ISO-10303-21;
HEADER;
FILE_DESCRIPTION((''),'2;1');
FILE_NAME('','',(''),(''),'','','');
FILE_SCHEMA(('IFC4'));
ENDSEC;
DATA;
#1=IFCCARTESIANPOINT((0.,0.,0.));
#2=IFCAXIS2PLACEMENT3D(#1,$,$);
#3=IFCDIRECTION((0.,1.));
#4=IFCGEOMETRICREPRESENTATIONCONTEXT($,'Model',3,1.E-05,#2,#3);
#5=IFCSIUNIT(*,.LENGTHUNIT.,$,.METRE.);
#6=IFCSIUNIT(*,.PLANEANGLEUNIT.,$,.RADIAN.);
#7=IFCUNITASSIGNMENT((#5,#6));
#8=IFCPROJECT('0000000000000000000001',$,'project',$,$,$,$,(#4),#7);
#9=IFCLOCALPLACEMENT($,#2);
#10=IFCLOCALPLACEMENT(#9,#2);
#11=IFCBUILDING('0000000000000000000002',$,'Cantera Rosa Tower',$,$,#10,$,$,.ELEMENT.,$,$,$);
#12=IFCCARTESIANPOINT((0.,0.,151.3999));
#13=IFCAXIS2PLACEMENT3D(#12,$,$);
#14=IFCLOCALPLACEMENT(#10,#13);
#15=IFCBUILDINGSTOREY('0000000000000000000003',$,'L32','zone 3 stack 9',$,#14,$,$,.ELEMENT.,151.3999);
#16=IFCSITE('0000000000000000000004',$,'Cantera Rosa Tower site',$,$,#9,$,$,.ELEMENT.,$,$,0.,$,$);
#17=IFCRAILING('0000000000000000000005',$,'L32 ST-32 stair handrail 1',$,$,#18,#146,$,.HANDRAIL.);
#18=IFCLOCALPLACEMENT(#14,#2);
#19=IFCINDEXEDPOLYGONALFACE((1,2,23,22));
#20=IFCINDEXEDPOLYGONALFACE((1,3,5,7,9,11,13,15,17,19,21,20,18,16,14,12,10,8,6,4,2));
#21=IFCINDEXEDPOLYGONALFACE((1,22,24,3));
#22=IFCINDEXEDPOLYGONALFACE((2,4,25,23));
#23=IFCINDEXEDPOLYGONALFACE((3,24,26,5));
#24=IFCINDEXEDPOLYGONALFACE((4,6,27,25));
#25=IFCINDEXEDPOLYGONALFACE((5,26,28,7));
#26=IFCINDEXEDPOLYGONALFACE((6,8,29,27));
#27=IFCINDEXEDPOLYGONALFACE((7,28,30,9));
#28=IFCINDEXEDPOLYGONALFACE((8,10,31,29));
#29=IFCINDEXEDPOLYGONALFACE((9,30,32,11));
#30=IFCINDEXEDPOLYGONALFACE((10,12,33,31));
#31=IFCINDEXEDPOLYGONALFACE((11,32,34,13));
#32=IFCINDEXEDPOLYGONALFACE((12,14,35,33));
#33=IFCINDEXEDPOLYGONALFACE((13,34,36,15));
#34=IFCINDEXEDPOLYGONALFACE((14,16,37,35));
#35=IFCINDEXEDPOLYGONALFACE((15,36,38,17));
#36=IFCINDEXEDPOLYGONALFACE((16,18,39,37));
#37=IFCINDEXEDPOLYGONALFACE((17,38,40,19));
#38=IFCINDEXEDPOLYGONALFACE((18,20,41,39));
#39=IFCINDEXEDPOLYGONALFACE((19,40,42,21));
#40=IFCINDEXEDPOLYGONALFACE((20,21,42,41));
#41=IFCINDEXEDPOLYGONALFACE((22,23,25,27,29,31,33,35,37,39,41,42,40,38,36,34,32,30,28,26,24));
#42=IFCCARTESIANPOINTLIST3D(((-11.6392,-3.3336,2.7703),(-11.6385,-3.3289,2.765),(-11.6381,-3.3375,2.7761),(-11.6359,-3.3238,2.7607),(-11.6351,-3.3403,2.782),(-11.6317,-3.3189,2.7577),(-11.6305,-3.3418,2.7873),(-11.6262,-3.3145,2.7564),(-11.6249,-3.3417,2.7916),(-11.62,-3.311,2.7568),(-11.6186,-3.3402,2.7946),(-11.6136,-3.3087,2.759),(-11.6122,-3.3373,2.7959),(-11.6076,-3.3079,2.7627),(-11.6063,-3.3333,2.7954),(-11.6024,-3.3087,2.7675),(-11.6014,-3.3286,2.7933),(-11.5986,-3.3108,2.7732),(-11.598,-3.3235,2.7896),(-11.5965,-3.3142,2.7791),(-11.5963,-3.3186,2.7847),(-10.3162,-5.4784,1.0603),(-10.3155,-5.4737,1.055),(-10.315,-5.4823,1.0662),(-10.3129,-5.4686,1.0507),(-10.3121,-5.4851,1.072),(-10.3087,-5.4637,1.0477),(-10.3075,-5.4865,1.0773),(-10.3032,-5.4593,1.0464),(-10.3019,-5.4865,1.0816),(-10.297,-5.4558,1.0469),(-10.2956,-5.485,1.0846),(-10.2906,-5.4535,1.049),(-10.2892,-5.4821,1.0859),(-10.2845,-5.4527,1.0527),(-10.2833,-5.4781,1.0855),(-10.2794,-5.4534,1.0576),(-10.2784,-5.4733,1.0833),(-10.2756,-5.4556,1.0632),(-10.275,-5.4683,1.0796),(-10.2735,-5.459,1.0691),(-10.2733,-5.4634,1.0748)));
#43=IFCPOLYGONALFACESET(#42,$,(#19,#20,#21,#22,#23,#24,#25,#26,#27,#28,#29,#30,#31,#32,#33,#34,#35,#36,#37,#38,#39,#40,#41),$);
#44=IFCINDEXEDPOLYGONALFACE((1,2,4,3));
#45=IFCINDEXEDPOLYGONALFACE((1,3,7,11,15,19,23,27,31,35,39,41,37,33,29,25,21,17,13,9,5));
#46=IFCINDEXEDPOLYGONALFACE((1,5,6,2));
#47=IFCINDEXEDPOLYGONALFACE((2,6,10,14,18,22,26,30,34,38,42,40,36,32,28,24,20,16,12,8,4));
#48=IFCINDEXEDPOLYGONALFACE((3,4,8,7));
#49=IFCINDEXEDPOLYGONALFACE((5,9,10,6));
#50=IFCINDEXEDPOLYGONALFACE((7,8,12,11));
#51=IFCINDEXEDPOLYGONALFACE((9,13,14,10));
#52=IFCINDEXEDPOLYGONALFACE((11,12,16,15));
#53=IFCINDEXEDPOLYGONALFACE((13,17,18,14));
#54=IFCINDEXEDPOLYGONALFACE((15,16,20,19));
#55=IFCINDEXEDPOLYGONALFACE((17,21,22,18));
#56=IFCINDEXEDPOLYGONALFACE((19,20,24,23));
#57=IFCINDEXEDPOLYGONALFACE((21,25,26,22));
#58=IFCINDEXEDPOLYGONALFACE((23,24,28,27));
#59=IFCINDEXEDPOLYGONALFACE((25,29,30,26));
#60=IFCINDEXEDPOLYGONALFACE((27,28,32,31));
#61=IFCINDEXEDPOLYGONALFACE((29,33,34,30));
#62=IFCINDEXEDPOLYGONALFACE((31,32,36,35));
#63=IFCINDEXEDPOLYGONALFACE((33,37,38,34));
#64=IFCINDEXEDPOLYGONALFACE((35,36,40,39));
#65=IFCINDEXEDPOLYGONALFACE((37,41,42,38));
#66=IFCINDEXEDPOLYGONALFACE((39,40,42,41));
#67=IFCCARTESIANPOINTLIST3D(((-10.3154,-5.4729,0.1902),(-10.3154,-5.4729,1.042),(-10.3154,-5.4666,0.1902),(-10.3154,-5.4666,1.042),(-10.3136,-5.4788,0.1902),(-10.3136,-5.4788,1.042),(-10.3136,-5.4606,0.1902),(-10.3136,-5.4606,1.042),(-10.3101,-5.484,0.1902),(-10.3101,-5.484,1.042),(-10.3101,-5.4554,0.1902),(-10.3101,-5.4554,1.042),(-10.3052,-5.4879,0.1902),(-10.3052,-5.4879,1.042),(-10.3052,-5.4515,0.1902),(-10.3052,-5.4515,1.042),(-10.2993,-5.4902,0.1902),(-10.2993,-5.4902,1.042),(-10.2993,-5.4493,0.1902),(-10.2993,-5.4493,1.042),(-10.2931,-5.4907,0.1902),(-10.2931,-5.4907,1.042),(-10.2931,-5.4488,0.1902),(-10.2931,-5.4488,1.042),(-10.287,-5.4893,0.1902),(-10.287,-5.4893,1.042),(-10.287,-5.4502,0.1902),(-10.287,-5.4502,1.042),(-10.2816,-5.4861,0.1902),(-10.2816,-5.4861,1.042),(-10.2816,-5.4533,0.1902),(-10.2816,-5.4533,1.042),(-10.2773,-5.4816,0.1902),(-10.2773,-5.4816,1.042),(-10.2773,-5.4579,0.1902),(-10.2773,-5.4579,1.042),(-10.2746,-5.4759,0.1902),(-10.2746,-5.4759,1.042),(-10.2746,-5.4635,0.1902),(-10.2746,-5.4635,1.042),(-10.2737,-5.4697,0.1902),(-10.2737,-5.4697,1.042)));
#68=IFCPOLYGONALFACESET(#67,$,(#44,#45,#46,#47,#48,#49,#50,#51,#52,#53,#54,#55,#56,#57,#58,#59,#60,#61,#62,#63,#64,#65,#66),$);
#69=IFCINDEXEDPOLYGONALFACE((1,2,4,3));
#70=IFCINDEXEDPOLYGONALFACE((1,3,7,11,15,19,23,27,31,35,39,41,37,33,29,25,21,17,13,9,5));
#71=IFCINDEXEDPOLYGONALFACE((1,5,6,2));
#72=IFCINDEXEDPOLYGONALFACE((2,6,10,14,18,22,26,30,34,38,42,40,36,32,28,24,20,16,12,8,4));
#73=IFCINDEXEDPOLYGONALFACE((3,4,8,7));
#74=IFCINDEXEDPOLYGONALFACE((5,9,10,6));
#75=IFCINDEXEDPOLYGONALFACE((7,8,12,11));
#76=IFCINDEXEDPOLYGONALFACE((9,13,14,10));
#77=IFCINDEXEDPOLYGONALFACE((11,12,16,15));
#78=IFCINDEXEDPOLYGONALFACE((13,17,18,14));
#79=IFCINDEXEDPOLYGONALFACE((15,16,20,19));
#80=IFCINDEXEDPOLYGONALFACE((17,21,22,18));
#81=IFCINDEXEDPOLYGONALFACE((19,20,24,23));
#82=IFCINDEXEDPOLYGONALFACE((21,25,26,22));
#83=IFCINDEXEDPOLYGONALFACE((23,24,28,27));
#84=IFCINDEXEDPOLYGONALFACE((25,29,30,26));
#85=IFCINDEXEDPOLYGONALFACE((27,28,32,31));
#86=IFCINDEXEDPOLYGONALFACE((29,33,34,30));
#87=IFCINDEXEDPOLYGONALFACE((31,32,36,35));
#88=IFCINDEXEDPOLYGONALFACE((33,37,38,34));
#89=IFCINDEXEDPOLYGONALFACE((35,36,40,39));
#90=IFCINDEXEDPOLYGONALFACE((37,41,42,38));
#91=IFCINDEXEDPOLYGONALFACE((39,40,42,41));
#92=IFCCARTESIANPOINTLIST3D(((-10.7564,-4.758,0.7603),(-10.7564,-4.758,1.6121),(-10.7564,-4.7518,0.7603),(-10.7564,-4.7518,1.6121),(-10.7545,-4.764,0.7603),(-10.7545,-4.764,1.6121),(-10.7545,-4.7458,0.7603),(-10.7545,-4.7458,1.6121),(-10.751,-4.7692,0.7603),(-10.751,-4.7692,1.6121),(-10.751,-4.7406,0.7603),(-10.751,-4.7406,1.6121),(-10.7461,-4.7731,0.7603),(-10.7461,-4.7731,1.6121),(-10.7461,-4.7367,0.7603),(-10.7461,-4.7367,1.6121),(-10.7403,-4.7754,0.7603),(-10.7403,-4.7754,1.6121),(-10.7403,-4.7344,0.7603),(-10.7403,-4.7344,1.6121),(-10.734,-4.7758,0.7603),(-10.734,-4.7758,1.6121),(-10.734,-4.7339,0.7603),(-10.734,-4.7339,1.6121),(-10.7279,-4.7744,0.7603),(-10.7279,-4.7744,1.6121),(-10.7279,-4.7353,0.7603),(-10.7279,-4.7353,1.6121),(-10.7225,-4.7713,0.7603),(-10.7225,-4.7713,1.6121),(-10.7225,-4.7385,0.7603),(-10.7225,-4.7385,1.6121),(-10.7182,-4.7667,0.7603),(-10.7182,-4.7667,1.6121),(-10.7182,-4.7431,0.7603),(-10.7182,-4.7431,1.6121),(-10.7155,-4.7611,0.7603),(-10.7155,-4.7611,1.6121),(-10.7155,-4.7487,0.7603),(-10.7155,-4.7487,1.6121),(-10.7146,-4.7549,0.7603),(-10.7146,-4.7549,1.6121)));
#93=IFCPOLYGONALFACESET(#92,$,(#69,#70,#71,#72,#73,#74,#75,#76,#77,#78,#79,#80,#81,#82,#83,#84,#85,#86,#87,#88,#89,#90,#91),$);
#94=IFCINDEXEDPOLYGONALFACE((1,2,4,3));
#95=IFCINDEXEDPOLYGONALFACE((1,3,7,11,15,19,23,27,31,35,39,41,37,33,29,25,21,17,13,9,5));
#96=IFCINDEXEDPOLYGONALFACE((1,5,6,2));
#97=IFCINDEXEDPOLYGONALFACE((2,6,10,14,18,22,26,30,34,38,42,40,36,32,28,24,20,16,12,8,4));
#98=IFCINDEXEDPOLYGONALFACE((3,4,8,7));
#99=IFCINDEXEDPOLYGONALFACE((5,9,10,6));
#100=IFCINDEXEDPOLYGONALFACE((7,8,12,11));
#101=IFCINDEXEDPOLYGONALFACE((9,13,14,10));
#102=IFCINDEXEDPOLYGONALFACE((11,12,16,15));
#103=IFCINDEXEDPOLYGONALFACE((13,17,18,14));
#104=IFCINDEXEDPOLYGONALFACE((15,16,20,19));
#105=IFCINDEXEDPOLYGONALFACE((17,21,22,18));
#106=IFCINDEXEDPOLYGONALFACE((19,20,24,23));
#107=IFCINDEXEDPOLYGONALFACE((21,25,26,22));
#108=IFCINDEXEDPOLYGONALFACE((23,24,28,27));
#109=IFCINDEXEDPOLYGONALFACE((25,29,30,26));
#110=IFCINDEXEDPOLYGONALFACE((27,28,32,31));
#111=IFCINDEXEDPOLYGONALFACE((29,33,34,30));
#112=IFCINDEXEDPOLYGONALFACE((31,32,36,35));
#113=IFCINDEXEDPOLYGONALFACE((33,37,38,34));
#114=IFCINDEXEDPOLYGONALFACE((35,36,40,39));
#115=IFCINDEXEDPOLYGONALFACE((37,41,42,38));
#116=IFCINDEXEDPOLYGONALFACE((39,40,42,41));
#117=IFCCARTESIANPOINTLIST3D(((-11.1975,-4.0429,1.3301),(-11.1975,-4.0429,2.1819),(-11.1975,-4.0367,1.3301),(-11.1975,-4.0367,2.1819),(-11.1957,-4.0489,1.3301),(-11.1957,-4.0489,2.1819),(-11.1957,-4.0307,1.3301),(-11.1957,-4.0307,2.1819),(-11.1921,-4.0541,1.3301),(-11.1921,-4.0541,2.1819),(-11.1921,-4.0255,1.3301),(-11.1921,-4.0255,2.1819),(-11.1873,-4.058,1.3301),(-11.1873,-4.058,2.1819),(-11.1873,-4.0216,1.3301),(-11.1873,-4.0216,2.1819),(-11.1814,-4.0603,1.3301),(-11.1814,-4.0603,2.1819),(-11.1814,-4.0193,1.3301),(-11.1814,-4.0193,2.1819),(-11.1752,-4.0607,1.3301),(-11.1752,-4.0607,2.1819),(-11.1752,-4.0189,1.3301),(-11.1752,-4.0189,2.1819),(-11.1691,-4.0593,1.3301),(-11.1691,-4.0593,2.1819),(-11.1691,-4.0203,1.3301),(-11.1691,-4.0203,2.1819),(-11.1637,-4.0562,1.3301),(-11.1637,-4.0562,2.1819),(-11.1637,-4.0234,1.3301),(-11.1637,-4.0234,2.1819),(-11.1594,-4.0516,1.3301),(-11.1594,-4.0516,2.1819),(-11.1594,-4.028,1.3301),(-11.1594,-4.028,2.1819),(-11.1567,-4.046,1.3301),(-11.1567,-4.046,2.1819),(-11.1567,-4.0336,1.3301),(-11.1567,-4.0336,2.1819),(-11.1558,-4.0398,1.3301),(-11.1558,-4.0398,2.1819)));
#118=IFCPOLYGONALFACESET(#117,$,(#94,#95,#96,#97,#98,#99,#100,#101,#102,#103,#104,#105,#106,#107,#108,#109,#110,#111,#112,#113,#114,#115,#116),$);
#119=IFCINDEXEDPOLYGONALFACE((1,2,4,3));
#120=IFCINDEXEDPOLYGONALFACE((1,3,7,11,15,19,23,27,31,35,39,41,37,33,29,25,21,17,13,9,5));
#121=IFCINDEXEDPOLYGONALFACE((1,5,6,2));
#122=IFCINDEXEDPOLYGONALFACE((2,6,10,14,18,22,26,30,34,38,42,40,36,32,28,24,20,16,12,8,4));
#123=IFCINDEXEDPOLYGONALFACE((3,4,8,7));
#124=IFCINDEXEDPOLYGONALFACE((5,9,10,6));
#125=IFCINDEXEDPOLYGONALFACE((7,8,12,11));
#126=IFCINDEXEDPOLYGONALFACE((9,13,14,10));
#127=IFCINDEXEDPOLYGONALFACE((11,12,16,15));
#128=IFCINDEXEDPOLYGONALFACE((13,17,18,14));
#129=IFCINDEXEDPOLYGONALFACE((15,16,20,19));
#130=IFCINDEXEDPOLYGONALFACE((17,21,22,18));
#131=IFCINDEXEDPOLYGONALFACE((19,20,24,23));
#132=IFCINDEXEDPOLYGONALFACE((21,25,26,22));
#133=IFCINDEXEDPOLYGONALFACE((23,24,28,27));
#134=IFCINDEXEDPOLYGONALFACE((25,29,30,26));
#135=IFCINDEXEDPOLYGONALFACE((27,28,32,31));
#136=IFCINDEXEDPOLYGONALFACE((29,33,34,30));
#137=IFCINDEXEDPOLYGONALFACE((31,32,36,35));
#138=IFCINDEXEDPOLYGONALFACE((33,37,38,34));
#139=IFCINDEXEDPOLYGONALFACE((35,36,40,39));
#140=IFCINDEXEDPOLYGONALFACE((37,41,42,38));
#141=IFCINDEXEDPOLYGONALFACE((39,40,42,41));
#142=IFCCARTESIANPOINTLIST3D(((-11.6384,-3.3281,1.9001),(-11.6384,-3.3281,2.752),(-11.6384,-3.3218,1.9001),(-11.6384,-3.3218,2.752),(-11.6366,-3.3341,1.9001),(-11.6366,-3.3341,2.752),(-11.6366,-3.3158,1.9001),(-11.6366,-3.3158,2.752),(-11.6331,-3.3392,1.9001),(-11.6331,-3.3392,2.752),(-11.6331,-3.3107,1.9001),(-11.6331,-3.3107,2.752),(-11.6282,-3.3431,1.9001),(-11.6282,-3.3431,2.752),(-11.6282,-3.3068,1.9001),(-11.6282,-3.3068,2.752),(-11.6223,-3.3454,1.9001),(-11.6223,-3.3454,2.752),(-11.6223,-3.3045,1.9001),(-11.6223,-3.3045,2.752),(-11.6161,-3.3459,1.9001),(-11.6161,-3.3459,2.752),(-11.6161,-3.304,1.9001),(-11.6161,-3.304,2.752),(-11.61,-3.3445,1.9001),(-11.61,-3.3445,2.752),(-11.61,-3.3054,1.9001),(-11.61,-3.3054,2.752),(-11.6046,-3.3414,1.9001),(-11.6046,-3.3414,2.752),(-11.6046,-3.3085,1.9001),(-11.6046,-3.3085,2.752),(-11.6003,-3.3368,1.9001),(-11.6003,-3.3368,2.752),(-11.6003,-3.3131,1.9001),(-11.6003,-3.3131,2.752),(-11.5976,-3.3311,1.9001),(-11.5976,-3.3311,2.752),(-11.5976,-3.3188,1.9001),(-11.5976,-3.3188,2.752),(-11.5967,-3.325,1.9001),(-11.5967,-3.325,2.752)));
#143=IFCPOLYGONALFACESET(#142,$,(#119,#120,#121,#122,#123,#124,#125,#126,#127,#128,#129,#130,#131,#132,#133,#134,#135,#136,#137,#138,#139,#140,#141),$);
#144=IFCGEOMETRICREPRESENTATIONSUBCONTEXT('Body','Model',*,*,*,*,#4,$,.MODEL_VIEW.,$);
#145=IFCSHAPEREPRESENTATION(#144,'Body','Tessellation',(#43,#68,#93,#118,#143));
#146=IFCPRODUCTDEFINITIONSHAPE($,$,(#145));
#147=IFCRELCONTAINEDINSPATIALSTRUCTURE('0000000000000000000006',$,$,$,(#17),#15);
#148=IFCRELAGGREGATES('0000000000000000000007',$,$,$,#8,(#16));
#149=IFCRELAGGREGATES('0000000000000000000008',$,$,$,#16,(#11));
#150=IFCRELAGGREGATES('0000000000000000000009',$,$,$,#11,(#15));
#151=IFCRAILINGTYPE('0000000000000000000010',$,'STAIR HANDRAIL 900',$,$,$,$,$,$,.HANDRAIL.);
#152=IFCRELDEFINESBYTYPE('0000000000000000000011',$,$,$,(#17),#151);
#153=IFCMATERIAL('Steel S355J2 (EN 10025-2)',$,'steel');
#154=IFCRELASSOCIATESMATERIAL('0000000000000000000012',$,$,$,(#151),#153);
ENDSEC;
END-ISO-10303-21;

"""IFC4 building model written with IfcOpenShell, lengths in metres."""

from ifc_helpers import new_model, si_unit, direction, frame, origin, origin_2d, place, context, subcontext, project, spatial, circle, extrude, material, type_object, element, save


model = new_model("IFC4")

# Units and contexts
model_context = context("Model", 3, precision=1e-05, world=origin(), true_north=direction((0.0, 1.0)))
body_context = subcontext(model_context, "Body", "Model", "MODEL_VIEW")
ifc_project = project(units=[si_unit("LENGTHUNIT", "METRE"), si_unit("PLANEANGLEUNIT", "RADIAN")], contexts=[model_context])

# Site, building, storey
site_placement = place(None, origin())
site = spatial("IfcSite", under=ifc_project, at=site_placement, Name="Cantera Rosa Tower site", CompositionType="ELEMENT", RefElevation=0.0)
building_placement = place(site_placement, origin())
building = spatial("IfcBuilding", under=site, at=building_placement, Name="Cantera Rosa Tower", CompositionType="ELEMENT")
storey_placement = place(building_placement, frame((0.0, 0.0, 151.3999)))
storey = spatial("IfcBuildingStorey", under=building, at=storey_placement, Name="L32", Description="zone 3 stack 9", CompositionType="ELEMENT", Elevation=151.3999)

# Railing
ifc_material_1 = material(Name="Steel S355J2 (EN 10025-2)", Category="steel")
railing_type_1 = type_object("IfcRailingType", Name="STAIR HANDRAIL 900", PredefinedType="HANDRAIL", material=ifc_material_1)
railing_1_placement = place(storey_placement, frame((-10.2947, -5.4697, 0.1902)))
element("IfcRailing", 1, at=railing_1_placement, inside=storey, type_object=railing_type_1, Name="L32 ST-32 stair handrail 1", PredefinedType="HANDRAIL", context=body_context, shape_type="SweptSolid", body=[
    extrude(circle(Radius=0.0239, at=origin_2d()), frame((0.0, 0.0, 0.876), z_axis=(-0.434428, 0.704271, 0.561493), x_axis=(-0.851102, -0.525, 0.0)), (0.0, 0.0, 1.0), 3.0454),
    extrude(circle(Radius=0.021, at=origin_2d()), origin(), (0.0, 0.0, 1.0), 0.8518),
    extrude(circle(Radius=0.021, at=origin_2d()), frame((-0.4409, 0.7148, 0.5701)), (0.0, 0.0, 1.0), 0.8518),
    extrude(circle(Radius=0.021, at=origin_2d()), frame((-0.8821, 1.4299, 1.1399)), (0.0, 0.0, 1.0), 0.8518),
    extrude(circle(Radius=0.021, at=origin_2d()), frame((-1.323, 2.1448, 1.71)), (0.0, 0.0, 1.0), 0.8518),
])

save(model, "model.ifc")
